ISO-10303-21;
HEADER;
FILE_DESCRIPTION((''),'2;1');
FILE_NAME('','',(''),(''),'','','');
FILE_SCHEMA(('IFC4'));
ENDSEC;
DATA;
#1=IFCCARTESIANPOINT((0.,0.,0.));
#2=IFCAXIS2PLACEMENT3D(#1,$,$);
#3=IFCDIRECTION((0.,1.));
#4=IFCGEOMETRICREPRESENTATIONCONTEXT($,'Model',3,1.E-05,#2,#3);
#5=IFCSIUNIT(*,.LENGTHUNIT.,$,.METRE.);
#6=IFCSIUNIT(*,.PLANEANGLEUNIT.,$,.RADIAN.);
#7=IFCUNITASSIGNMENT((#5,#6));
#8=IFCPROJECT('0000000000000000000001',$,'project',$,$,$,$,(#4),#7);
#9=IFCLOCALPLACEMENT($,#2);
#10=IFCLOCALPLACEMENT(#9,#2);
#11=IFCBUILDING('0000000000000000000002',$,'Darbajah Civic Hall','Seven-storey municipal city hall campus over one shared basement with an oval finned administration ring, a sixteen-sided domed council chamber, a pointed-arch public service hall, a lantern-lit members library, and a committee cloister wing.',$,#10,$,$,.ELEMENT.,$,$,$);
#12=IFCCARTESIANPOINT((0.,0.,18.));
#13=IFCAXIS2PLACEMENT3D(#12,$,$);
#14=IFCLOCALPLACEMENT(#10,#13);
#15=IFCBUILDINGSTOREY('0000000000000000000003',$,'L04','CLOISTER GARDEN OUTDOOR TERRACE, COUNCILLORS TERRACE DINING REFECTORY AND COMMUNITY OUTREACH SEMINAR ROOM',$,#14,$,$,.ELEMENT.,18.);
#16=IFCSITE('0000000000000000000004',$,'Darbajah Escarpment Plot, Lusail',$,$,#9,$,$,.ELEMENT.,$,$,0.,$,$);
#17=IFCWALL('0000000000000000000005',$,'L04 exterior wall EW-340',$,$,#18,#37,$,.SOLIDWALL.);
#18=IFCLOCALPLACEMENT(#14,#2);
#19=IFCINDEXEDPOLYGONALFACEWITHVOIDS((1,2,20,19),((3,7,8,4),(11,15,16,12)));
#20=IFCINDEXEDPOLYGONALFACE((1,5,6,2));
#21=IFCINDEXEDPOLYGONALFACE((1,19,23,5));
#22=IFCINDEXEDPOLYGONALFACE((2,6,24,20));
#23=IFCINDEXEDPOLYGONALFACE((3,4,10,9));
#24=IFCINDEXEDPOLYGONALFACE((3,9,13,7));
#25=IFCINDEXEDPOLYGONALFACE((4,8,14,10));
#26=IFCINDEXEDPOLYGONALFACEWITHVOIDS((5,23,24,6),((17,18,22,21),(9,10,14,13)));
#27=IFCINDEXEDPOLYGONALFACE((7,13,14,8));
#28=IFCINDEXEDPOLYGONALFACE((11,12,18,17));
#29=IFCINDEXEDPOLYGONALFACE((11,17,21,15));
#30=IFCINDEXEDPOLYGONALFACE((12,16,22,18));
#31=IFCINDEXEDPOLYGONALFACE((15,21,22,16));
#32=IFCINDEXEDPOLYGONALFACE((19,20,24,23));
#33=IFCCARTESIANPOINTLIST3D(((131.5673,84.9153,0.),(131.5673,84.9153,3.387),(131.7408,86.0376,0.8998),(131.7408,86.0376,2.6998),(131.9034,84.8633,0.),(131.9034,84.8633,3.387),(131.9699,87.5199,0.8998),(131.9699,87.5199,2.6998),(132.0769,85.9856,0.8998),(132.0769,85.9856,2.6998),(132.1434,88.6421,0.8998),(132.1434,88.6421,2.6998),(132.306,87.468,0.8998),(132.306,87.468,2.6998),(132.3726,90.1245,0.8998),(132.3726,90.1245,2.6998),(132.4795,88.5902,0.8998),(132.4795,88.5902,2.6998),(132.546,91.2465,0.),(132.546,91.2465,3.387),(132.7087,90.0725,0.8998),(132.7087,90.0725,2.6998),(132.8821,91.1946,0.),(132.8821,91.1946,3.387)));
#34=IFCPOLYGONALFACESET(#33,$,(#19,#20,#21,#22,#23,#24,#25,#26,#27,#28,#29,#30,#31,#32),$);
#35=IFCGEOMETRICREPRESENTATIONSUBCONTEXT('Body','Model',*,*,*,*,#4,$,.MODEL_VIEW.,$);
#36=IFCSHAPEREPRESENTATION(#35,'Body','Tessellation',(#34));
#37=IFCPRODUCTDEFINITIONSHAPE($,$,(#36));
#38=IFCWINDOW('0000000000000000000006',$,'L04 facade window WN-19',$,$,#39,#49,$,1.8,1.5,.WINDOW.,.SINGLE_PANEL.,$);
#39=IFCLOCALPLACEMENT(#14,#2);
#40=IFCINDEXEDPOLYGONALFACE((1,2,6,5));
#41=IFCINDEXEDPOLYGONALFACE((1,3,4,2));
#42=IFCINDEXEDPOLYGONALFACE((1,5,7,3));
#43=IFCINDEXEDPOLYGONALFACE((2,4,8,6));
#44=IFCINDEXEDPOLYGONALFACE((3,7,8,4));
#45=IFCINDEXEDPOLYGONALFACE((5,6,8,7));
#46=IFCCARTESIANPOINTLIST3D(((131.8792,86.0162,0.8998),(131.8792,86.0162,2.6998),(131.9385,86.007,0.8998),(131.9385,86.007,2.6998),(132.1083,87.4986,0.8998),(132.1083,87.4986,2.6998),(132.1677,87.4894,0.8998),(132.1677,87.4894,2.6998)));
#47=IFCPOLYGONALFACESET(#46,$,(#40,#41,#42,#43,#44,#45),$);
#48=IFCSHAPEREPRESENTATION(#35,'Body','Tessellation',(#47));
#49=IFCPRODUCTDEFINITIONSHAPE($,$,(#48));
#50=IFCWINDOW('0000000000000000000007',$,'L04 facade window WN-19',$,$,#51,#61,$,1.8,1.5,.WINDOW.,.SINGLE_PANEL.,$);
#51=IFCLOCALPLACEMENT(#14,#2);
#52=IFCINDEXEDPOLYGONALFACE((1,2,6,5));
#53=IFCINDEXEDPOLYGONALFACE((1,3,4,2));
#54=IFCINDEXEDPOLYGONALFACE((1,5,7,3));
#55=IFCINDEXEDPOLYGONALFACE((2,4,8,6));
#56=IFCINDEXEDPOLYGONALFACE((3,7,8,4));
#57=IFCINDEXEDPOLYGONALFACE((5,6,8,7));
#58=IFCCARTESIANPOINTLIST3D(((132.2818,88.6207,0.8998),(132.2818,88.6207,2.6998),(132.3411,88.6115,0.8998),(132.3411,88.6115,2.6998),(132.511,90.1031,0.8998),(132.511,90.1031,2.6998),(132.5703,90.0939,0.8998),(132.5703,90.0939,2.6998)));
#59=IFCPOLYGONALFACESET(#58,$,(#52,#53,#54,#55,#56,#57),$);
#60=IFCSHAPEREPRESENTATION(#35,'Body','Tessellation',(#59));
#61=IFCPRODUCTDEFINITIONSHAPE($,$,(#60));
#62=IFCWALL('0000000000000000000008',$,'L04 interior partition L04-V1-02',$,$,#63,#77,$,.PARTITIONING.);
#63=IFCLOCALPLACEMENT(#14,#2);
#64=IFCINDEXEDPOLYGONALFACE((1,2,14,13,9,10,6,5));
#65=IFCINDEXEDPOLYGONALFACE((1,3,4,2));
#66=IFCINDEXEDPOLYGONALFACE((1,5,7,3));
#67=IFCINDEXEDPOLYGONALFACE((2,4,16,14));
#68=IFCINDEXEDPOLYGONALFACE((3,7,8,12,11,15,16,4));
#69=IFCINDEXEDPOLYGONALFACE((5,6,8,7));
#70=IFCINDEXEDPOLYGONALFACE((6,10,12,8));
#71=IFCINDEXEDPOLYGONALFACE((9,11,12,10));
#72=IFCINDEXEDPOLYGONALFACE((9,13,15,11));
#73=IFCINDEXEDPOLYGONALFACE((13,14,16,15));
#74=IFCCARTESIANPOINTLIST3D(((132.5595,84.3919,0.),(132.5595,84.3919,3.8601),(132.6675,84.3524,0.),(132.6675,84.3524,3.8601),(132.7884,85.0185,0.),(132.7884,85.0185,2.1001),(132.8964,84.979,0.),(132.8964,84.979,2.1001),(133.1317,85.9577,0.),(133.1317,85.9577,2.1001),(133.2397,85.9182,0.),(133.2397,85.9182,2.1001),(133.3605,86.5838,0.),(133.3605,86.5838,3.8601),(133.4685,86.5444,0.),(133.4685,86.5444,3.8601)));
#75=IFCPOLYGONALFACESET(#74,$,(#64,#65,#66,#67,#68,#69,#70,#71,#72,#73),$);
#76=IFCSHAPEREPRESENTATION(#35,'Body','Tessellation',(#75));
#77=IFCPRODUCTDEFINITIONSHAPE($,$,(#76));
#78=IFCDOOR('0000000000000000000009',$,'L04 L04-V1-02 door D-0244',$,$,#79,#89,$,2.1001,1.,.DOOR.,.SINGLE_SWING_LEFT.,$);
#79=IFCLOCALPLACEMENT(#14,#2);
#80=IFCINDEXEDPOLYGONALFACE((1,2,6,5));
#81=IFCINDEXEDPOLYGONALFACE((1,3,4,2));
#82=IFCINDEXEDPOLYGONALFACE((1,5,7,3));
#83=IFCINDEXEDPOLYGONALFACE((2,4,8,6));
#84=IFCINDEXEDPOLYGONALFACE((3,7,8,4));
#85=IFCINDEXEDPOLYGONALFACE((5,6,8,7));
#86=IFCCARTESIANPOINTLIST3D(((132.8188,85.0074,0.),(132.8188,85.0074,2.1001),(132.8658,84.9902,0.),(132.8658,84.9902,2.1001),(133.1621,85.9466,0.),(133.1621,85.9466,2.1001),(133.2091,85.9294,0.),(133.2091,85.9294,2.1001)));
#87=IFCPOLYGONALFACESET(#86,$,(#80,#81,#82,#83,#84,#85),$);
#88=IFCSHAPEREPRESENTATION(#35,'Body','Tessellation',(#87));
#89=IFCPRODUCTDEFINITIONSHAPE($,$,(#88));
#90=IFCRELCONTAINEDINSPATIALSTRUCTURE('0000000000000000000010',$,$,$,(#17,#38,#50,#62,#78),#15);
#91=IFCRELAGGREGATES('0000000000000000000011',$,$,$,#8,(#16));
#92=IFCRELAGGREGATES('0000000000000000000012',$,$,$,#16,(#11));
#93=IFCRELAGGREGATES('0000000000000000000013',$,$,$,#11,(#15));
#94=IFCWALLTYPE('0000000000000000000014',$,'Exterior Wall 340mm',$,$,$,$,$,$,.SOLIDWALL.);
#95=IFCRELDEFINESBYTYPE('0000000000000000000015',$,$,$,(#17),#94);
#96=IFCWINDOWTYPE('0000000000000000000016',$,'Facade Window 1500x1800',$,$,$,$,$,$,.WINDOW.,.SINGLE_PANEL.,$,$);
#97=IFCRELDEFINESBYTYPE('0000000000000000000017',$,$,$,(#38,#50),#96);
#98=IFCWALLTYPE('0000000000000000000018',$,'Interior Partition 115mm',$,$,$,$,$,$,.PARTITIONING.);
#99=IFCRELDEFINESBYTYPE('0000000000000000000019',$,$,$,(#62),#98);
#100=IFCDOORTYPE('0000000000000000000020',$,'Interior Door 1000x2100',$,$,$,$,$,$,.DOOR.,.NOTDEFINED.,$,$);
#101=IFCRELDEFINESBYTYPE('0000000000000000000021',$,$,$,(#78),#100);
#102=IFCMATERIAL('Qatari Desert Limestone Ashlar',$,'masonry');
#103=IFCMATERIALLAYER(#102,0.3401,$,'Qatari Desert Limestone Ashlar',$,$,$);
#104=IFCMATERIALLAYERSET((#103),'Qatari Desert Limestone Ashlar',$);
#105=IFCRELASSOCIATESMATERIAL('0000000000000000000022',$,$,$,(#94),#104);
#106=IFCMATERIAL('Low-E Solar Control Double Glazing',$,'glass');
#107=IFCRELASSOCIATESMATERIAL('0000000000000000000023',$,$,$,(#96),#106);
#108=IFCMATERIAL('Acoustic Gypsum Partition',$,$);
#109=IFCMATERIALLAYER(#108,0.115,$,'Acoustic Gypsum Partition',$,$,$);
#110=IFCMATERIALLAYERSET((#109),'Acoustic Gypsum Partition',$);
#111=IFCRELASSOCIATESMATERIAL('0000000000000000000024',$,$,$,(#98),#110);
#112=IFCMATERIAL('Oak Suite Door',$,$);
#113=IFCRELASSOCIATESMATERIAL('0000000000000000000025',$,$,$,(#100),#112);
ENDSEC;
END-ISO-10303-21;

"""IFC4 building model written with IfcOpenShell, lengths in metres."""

from ifc_helpers import new_model, si_unit, direction, frame, frame_2d, origin, place, context, subcontext, project, spatial, rectangle, extrude, material, layer, layer_set, type_object, element, fill, save


model = new_model("IFC4")

# Units and contexts
model_context = context("Model", 3, precision=1e-05, world=origin(), true_north=direction((0.0, 1.0)))
body_context = subcontext(model_context, "Body", "Model", "MODEL_VIEW")
ifc_project = project(units=[si_unit("LENGTHUNIT", "METRE"), si_unit("PLANEANGLEUNIT", "RADIAN")], contexts=[model_context])

# Site, building, storey
site_placement = place(None, origin())
site = spatial("IfcSite", under=ifc_project, at=site_placement, Name="Darbajah Escarpment Plot, Lusail", CompositionType="ELEMENT", RefElevation=0.0)
building_placement = place(site_placement, origin())
building = spatial("IfcBuilding", under=site, at=building_placement, Name="Darbajah Civic Hall", Description="Seven-storey municipal city hall campus over one shared basement with an oval finned administration ring, a sixteen-sided domed council chamber, a pointed-arch public service hall, a lantern-lit members library, and a committee cloister wing.", CompositionType="ELEMENT")
storey_placement = place(building_placement, frame((0.0, 0.0, 18.0)))
storey = spatial("IfcBuildingStorey", under=building, at=storey_placement, Name="L04", Description="CLOISTER GARDEN OUTDOOR TERRACE, COUNCILLORS TERRACE DINING REFECTORY AND COMMUNITY OUTREACH SEMINAR ROOM", CompositionType="ELEMENT", Elevation=18.0)

# Shared definitions
ifc_material_1 = material(Name="Low-E Solar Control Double Glazing", Category="glass")

# Wall, openings, windows
ifc_material_2 = material(Name="Qatari Desert Limestone Ashlar", Category="masonry")
ifc_layer_1 = layer(ifc_material_2, 0.3401, Name="Qatari Desert Limestone Ashlar")
ifc_layer_set_1 = layer_set([ifc_layer_1], Name="Qatari Desert Limestone Ashlar")
wall_type_1 = type_object("IfcWallType", Name="Exterior Wall 340mm", PredefinedType="SOLIDWALL", material=ifc_layer_set_1)
wall_1_placement = place(storey_placement, frame((131.7354, 84.8894, 0.0), z_axis=(0.0, 0.0, 1.0), x_axis=(0.152776, 0.988261, 0.0)))
wall_1 = element("IfcWall", 1, at=wall_1_placement, inside=storey, type_object=wall_type_1, Name="L04 exterior wall EW-340", PredefinedType="SOLIDWALL", context=body_context, shape_type="SweptSolid", body=[
    extrude(rectangle(XDim=6.4065, YDim=0.3401, at=frame_2d((3.2031, 0.0))), origin(), (0.0, 0.0, 1.0), 3.387),
])
opening_1_placement = place(wall_1_placement, frame((1.1355, 0.0, 0.8999)))
opening_1 = element("IfcOpeningElement", 2, at=opening_1_placement, cuts=wall_1, PredefinedType="OPENING", context=body_context, shape_type="SweptSolid", body=[
    extrude(rectangle(XDim=1.5, YDim=1.8, at=frame_2d((0.75, 0.8999))), frame((0.0, 0.1799, 0.0), z_axis=(0.0, -1.0, 0.0), x_axis=(1.0, 0.0, 0.0)), (0.0, 0.0, 1.0), 0.3601),
])
opening_2_placement = place(wall_1_placement, frame((3.771, 0.0, 0.8999)))
opening_2 = element("IfcOpeningElement", 3, at=opening_2_placement, cuts=wall_1, PredefinedType="OPENING", context=body_context, shape_type="SweptSolid", body=[
    extrude(rectangle(XDim=1.5, YDim=1.8, at=frame_2d((0.75, 0.8999))), frame((0.0, 0.1799, 0.0), z_axis=(0.0, -1.0, 0.0), x_axis=(1.0, 0.0, 0.0)), (0.0, 0.0, 1.0), 0.3601),
])
window_type = type_object("IfcWindowType", Name="Facade Window 1500x1800", PartitioningType="SINGLE_PANEL", PredefinedType="WINDOW", material=ifc_material_1)
window_1_placement = place(opening_1_placement, origin())
window_1 = element("IfcWindow", 4, at=window_1_placement, inside=storey, type_object=window_type, Name="L04 facade window WN-19", OverallHeight=1.8, OverallWidth=1.5, PartitioningType="SINGLE_PANEL", PredefinedType="WINDOW", context=body_context, shape_type="SweptSolid", body=[
    extrude(rectangle(XDim=1.5, YDim=1.8, at=frame_2d((0.75, 0.8999))), frame((0.0, 0.03, 0.0), z_axis=(0.0, -1.0, 0.0), x_axis=(1.0, 0.0, 0.0)), (0.0, 0.0, 1.0), 0.0601),
])
fill(opening_1, window_1)
window_2_placement = place(opening_2_placement, origin())
window_2 = element("IfcWindow", 5, at=window_2_placement, inside=storey, type_object=window_type, Name="L04 facade window WN-19", OverallHeight=1.8, OverallWidth=1.5, PartitioningType="SINGLE_PANEL", PredefinedType="WINDOW", context=body_context, shape_type="SweptSolid", body=[
    extrude(rectangle(XDim=1.5, YDim=1.8, at=frame_2d((0.75, 0.8999))), frame((0.0, 0.03, 0.0), z_axis=(0.0, -1.0, 0.0), x_axis=(1.0, 0.0, 0.0)), (0.0, 0.0, 1.0), 0.0601),
])
fill(opening_2, window_2)

# Wall, opening, door
ifc_material_3 = material(Name="Acoustic Gypsum Partition")
ifc_layer_2 = layer(ifc_material_3, 0.115, Name="Acoustic Gypsum Partition")
ifc_layer_set_2 = layer_set([ifc_layer_2], Name="Acoustic Gypsum Partition")
wall_type_2 = type_object("IfcWallType", Name="Interior Partition 115mm", PredefinedType="PARTITIONING", material=ifc_layer_set_2)
wall_2_placement = place(storey_placement, frame((133.4146, 86.5642, 0.0), z_axis=(0.0, 0.0, 1.0), x_axis=(-0.343246, -0.939245, 0.0)))
wall_2 = element("IfcWall", 6, at=wall_2_placement, inside=storey, type_object=wall_type_2, Name="L04 interior partition L04-V1-02", PredefinedType="PARTITIONING", context=body_context, shape_type="SweptSolid", body=[
    extrude(rectangle(XDim=2.3337, YDim=0.115, at=frame_2d((1.167, 0.0))), origin(), (0.0, 0.0, 1.0), 3.8601),
])
opening_3_placement = place(wall_2_placement, frame((0.6667, 0.0, 0.0)))
opening_3 = element("IfcOpeningElement", 7, at=opening_3_placement, cuts=wall_2, PredefinedType="OPENING", context=body_context, shape_type="SweptSolid", body=[
    extrude(rectangle(XDim=1.0, YDim=2.1001, at=frame_2d((0.5, 1.05))), frame((0.0, 0.0674, 0.0), z_axis=(0.0, -1.0, 0.0), x_axis=(1.0, 0.0, 0.0)), (0.0, 0.0, 1.0), 0.135),
])
ifc_material_4 = material(Name="Oak Suite Door")
door_type = type_object("IfcDoorType", Name="Interior Door 1000x2100", OperationType="NOTDEFINED", PredefinedType="DOOR", material=ifc_material_4)
door_placement = place(opening_3_placement, origin())
door = element("IfcDoor", 8, at=door_placement, inside=storey, type_object=door_type, Name="L04 L04-V1-02 door D-0244", OperationType="SINGLE_SWING_LEFT", OverallHeight=2.1001, OverallWidth=1.0, PredefinedType="DOOR", context=body_context, shape_type="SweptSolid", body=[
    extrude(rectangle(XDim=1.0, YDim=2.1001, at=frame_2d((0.5, 1.05))), frame((0.0, 0.0249, 0.0), z_axis=(0.0, -1.0, 0.0), x_axis=(1.0, 0.0, 0.0)), (0.0, 0.0, 1.0), 0.05),
])
fill(opening_3, door)

save(model, "model.ifc")
